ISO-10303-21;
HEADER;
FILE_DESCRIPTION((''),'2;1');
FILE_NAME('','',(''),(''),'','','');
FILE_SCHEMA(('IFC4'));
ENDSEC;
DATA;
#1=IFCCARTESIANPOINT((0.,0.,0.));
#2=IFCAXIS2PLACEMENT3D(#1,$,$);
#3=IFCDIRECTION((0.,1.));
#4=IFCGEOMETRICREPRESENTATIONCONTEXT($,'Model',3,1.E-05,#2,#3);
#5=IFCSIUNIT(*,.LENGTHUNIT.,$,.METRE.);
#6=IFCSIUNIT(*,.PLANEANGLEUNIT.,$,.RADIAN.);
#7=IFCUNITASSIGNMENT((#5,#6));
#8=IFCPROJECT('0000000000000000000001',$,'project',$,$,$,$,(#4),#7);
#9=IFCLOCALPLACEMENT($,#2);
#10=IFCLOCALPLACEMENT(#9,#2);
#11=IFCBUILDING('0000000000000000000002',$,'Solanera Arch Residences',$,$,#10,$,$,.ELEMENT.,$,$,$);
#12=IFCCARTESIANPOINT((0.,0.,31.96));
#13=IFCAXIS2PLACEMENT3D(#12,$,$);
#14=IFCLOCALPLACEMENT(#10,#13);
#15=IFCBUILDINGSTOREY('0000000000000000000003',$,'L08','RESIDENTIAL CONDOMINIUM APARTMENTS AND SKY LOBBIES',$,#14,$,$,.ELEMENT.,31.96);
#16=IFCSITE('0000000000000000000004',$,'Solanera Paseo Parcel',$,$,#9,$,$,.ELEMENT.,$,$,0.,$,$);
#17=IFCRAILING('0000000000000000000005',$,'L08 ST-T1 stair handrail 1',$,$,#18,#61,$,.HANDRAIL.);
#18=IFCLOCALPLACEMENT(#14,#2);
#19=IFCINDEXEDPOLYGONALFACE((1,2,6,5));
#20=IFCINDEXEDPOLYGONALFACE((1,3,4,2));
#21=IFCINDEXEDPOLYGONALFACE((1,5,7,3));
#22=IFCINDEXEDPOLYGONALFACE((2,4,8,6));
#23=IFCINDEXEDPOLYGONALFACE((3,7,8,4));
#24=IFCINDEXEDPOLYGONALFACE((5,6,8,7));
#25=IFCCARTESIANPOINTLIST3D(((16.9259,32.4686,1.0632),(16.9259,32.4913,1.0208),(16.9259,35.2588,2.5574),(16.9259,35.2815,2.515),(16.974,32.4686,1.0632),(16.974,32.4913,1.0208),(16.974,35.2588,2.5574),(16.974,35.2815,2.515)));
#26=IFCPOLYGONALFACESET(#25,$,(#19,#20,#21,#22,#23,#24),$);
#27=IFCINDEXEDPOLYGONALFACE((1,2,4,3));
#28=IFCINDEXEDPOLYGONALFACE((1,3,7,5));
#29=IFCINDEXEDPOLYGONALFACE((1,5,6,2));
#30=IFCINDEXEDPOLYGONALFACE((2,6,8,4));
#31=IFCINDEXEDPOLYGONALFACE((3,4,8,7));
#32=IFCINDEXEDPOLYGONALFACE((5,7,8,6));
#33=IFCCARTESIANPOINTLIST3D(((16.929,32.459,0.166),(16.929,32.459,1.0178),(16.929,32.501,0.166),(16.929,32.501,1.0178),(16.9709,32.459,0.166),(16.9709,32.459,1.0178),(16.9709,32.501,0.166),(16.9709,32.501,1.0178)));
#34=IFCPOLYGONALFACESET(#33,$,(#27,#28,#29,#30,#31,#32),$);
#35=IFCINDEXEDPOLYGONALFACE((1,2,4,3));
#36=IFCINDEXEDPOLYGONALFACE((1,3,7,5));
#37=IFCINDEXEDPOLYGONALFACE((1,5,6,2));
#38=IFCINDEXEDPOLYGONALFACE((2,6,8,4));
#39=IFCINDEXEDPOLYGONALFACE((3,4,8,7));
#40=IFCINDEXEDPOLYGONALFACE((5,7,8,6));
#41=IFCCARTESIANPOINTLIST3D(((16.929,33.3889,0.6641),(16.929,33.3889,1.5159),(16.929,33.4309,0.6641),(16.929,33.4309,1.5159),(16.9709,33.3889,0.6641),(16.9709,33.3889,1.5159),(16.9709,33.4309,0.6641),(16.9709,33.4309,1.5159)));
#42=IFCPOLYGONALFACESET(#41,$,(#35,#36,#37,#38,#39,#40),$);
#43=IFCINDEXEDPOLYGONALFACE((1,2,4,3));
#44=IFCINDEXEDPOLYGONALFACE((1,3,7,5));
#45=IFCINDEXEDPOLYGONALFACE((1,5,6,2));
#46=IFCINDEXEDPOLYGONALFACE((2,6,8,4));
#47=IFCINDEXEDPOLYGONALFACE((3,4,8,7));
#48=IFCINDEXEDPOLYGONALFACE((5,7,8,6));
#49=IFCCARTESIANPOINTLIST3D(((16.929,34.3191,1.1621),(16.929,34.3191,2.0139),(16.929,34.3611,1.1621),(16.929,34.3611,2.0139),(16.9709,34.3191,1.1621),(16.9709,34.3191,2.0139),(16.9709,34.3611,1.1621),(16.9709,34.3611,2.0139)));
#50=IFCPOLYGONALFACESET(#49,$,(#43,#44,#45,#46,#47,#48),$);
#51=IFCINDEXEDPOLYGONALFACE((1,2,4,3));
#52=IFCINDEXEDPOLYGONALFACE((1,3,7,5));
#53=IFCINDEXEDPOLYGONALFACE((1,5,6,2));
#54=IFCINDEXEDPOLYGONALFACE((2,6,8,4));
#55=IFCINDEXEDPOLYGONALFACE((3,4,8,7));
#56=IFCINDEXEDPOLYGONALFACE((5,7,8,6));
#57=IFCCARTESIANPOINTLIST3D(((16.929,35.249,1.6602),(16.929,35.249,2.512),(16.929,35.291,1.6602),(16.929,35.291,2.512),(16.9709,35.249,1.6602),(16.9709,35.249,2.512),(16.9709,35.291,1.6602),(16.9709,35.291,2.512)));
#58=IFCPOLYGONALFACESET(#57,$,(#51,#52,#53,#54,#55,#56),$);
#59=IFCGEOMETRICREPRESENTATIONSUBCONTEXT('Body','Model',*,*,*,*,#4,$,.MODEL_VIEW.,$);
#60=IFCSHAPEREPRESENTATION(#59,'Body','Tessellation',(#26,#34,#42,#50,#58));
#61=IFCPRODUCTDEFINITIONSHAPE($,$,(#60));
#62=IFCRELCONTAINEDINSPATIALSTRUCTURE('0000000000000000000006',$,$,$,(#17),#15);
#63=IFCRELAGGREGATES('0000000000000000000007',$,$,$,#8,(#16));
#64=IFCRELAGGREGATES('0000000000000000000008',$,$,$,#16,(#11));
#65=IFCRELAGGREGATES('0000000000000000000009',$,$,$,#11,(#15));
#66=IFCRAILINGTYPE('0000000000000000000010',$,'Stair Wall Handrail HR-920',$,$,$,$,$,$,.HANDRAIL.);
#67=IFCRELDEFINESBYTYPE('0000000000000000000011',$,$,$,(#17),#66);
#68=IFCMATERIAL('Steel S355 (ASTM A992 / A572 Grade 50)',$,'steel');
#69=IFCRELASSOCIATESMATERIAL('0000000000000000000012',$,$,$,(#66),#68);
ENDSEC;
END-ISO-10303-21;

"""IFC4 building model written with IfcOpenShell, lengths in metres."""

from ifc_helpers import new_model, si_unit, direction, frame, origin, origin_2d, place, context, subcontext, project, spatial, rectangle, extrude, material, type_object, element, save


model = new_model("IFC4")

# Units and contexts
model_context = context("Model", 3, precision=1e-05, world=origin(), true_north=direction((0.0, 1.0)))
body_context = subcontext(model_context, "Body", "Model", "MODEL_VIEW")
ifc_project = project(units=[si_unit("LENGTHUNIT", "METRE"), si_unit("PLANEANGLEUNIT", "RADIAN")], contexts=[model_context])

# Site, building, storey
site_placement = place(None, origin())
site = spatial("IfcSite", under=ifc_project, at=site_placement, Name="Solanera Paseo Parcel", CompositionType="ELEMENT", RefElevation=0.0)
building_placement = place(site_placement, origin())
building = spatial("IfcBuilding", under=site, at=building_placement, Name="Solanera Arch Residences", CompositionType="ELEMENT")
storey_placement = place(building_placement, frame((0.0, 0.0, 31.96)))
storey = spatial("IfcBuildingStorey", under=building, at=storey_placement, Name="L08", Description="RESIDENTIAL CONDOMINIUM APARTMENTS AND SKY LOBBIES", CompositionType="ELEMENT", Elevation=31.96)

# Railing
ifc_material_1 = material(Name="Steel S355 (ASTM A992 / A572 Grade 50)", Category="steel")
railing_type_1 = type_object("IfcRailingType", Name="Stair Wall Handrail HR-920", PredefinedType="HANDRAIL", material=ifc_material_1)
railing_1_placement = place(storey_placement, frame((16.95, 32.48, 0.166)))
element("IfcRailing", 1, at=railing_1_placement, inside=storey, type_object=railing_type_1, Name="L08 ST-T1 stair handrail 1", PredefinedType="HANDRAIL", context=body_context, shape_type="SweptSolid", body=[
    extrude(rectangle(XDim=0.0481, YDim=0.0481, at=origin_2d()), frame((0.0, 0.0, 0.876), z_axis=(0.0, 0.881549, 0.472093), x_axis=(-1.0, 0.0, 0.0)), (0.0, 0.0, 1.0), 3.165),
    extrude(rectangle(XDim=0.042, YDim=0.042, at=origin_2d()), origin(), (0.0, 0.0, 1.0), 0.8518),
    extrude(rectangle(XDim=0.042, YDim=0.042, at=origin_2d()), frame((0.0, 0.9299, 0.498)), (0.0, 0.0, 1.0), 0.8518),
    extrude(rectangle(XDim=0.042, YDim=0.042, at=origin_2d()), frame((0.0, 1.8601, 0.9961)), (0.0, 0.0, 1.0), 0.8518),
    extrude(rectangle(XDim=0.042, YDim=0.042, at=origin_2d()), frame((0.0, 2.79, 1.4941)), (0.0, 0.0, 1.0), 0.8518),
])

save(model, "model.ifc")
